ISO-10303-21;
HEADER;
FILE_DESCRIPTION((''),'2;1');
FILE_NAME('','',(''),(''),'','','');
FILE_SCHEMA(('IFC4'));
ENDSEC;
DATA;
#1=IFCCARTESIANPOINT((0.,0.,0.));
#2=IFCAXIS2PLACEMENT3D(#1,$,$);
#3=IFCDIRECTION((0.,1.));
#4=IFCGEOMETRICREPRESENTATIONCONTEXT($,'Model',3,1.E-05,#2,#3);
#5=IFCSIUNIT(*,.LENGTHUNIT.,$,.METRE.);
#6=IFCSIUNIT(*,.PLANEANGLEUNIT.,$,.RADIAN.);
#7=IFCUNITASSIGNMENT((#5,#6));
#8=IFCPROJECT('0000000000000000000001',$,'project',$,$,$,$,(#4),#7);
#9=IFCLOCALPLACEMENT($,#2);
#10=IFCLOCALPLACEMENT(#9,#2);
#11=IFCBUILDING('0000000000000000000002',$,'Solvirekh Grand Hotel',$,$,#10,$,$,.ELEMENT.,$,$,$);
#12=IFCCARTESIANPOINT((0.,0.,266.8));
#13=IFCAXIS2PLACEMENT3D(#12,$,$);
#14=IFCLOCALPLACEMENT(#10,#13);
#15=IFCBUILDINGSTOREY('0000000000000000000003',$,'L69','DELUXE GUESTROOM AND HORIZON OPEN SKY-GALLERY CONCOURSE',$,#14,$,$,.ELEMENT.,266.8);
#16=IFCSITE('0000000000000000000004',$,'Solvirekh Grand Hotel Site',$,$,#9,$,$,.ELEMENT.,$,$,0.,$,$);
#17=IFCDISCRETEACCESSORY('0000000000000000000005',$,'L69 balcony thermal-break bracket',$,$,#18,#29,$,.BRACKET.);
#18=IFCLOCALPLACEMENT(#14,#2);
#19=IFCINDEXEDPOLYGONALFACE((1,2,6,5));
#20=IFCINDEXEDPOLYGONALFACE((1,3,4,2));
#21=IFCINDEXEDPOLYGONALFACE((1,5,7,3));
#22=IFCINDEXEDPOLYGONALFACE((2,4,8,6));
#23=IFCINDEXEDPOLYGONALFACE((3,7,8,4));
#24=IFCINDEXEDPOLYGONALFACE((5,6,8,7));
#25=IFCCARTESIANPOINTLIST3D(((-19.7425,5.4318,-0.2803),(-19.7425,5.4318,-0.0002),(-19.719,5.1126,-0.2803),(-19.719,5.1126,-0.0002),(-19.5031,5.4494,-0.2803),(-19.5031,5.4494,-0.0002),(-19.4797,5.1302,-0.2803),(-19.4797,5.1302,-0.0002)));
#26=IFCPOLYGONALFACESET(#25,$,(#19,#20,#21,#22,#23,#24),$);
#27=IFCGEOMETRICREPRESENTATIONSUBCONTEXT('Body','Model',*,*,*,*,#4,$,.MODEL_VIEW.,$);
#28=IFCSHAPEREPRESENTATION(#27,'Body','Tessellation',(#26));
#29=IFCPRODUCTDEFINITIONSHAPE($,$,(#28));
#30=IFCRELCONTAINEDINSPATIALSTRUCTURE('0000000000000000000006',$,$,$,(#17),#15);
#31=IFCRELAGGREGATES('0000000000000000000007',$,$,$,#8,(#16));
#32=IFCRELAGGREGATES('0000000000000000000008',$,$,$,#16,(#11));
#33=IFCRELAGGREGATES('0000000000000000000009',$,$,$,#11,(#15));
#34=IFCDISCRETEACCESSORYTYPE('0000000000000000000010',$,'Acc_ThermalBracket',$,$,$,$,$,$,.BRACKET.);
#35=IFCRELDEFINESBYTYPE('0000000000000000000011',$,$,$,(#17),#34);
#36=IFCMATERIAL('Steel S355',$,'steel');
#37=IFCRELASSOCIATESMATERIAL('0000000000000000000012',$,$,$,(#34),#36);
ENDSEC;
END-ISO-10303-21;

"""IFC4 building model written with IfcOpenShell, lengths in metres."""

from ifc_helpers import new_model, si_unit, direction, frame, origin, origin_2d, place, context, subcontext, project, spatial, rectangle, extrude, material, type_object, element, save


model = new_model("IFC4")

# Units and contexts
model_context = context("Model", 3, precision=1e-05, world=origin(), true_north=direction((0.0, 1.0)))
body_context = subcontext(model_context, "Body", "Model", "MODEL_VIEW")
ifc_project = project(units=[si_unit("LENGTHUNIT", "METRE"), si_unit("PLANEANGLEUNIT", "RADIAN")], contexts=[model_context])

# Site, building, storey
site_placement = place(None, origin())
site = spatial("IfcSite", under=ifc_project, at=site_placement, Name="Solvirekh Grand Hotel Site", CompositionType="ELEMENT", RefElevation=0.0)
building_placement = place(site_placement, origin())
building = spatial("IfcBuilding", under=site, at=building_placement, Name="Solvirekh Grand Hotel", CompositionType="ELEMENT")
storey_placement = place(building_placement, frame((0.0, 0.0, 266.8)))
storey = spatial("IfcBuildingStorey", under=building, at=storey_placement, Name="L69", Description="DELUXE GUESTROOM AND HORIZON OPEN SKY-GALLERY CONCOURSE", CompositionType="ELEMENT", Elevation=266.8)

# Shared definitions
ifc_material_1 = material(Name="Steel S355", Category="steel")

# Discrete accessory
discrete_accessory_type = type_object("IfcDiscreteAccessoryType", Name="Acc_ThermalBracket", PredefinedType="BRACKET", material=ifc_material_1)
discrete_accessory_placement = place(storey_placement, frame((-19.6111, 5.281, -0.2803), z_axis=(0.0, 0.0, 1.0), x_axis=(0.073238, -0.997314, 0.0)))
element("IfcDiscreteAccessory", 1, at=discrete_accessory_placement, inside=storey, type_object=discrete_accessory_type, Name="L69 balcony thermal-break bracket", PredefinedType="BRACKET", context=body_context, shape_type="SweptSolid", body=[
    extrude(rectangle(XDim=0.3201, YDim=0.24, at=origin_2d()), origin(), (0.0, 0.0, 1.0), 0.28),
])

save(model, "model.ifc")
